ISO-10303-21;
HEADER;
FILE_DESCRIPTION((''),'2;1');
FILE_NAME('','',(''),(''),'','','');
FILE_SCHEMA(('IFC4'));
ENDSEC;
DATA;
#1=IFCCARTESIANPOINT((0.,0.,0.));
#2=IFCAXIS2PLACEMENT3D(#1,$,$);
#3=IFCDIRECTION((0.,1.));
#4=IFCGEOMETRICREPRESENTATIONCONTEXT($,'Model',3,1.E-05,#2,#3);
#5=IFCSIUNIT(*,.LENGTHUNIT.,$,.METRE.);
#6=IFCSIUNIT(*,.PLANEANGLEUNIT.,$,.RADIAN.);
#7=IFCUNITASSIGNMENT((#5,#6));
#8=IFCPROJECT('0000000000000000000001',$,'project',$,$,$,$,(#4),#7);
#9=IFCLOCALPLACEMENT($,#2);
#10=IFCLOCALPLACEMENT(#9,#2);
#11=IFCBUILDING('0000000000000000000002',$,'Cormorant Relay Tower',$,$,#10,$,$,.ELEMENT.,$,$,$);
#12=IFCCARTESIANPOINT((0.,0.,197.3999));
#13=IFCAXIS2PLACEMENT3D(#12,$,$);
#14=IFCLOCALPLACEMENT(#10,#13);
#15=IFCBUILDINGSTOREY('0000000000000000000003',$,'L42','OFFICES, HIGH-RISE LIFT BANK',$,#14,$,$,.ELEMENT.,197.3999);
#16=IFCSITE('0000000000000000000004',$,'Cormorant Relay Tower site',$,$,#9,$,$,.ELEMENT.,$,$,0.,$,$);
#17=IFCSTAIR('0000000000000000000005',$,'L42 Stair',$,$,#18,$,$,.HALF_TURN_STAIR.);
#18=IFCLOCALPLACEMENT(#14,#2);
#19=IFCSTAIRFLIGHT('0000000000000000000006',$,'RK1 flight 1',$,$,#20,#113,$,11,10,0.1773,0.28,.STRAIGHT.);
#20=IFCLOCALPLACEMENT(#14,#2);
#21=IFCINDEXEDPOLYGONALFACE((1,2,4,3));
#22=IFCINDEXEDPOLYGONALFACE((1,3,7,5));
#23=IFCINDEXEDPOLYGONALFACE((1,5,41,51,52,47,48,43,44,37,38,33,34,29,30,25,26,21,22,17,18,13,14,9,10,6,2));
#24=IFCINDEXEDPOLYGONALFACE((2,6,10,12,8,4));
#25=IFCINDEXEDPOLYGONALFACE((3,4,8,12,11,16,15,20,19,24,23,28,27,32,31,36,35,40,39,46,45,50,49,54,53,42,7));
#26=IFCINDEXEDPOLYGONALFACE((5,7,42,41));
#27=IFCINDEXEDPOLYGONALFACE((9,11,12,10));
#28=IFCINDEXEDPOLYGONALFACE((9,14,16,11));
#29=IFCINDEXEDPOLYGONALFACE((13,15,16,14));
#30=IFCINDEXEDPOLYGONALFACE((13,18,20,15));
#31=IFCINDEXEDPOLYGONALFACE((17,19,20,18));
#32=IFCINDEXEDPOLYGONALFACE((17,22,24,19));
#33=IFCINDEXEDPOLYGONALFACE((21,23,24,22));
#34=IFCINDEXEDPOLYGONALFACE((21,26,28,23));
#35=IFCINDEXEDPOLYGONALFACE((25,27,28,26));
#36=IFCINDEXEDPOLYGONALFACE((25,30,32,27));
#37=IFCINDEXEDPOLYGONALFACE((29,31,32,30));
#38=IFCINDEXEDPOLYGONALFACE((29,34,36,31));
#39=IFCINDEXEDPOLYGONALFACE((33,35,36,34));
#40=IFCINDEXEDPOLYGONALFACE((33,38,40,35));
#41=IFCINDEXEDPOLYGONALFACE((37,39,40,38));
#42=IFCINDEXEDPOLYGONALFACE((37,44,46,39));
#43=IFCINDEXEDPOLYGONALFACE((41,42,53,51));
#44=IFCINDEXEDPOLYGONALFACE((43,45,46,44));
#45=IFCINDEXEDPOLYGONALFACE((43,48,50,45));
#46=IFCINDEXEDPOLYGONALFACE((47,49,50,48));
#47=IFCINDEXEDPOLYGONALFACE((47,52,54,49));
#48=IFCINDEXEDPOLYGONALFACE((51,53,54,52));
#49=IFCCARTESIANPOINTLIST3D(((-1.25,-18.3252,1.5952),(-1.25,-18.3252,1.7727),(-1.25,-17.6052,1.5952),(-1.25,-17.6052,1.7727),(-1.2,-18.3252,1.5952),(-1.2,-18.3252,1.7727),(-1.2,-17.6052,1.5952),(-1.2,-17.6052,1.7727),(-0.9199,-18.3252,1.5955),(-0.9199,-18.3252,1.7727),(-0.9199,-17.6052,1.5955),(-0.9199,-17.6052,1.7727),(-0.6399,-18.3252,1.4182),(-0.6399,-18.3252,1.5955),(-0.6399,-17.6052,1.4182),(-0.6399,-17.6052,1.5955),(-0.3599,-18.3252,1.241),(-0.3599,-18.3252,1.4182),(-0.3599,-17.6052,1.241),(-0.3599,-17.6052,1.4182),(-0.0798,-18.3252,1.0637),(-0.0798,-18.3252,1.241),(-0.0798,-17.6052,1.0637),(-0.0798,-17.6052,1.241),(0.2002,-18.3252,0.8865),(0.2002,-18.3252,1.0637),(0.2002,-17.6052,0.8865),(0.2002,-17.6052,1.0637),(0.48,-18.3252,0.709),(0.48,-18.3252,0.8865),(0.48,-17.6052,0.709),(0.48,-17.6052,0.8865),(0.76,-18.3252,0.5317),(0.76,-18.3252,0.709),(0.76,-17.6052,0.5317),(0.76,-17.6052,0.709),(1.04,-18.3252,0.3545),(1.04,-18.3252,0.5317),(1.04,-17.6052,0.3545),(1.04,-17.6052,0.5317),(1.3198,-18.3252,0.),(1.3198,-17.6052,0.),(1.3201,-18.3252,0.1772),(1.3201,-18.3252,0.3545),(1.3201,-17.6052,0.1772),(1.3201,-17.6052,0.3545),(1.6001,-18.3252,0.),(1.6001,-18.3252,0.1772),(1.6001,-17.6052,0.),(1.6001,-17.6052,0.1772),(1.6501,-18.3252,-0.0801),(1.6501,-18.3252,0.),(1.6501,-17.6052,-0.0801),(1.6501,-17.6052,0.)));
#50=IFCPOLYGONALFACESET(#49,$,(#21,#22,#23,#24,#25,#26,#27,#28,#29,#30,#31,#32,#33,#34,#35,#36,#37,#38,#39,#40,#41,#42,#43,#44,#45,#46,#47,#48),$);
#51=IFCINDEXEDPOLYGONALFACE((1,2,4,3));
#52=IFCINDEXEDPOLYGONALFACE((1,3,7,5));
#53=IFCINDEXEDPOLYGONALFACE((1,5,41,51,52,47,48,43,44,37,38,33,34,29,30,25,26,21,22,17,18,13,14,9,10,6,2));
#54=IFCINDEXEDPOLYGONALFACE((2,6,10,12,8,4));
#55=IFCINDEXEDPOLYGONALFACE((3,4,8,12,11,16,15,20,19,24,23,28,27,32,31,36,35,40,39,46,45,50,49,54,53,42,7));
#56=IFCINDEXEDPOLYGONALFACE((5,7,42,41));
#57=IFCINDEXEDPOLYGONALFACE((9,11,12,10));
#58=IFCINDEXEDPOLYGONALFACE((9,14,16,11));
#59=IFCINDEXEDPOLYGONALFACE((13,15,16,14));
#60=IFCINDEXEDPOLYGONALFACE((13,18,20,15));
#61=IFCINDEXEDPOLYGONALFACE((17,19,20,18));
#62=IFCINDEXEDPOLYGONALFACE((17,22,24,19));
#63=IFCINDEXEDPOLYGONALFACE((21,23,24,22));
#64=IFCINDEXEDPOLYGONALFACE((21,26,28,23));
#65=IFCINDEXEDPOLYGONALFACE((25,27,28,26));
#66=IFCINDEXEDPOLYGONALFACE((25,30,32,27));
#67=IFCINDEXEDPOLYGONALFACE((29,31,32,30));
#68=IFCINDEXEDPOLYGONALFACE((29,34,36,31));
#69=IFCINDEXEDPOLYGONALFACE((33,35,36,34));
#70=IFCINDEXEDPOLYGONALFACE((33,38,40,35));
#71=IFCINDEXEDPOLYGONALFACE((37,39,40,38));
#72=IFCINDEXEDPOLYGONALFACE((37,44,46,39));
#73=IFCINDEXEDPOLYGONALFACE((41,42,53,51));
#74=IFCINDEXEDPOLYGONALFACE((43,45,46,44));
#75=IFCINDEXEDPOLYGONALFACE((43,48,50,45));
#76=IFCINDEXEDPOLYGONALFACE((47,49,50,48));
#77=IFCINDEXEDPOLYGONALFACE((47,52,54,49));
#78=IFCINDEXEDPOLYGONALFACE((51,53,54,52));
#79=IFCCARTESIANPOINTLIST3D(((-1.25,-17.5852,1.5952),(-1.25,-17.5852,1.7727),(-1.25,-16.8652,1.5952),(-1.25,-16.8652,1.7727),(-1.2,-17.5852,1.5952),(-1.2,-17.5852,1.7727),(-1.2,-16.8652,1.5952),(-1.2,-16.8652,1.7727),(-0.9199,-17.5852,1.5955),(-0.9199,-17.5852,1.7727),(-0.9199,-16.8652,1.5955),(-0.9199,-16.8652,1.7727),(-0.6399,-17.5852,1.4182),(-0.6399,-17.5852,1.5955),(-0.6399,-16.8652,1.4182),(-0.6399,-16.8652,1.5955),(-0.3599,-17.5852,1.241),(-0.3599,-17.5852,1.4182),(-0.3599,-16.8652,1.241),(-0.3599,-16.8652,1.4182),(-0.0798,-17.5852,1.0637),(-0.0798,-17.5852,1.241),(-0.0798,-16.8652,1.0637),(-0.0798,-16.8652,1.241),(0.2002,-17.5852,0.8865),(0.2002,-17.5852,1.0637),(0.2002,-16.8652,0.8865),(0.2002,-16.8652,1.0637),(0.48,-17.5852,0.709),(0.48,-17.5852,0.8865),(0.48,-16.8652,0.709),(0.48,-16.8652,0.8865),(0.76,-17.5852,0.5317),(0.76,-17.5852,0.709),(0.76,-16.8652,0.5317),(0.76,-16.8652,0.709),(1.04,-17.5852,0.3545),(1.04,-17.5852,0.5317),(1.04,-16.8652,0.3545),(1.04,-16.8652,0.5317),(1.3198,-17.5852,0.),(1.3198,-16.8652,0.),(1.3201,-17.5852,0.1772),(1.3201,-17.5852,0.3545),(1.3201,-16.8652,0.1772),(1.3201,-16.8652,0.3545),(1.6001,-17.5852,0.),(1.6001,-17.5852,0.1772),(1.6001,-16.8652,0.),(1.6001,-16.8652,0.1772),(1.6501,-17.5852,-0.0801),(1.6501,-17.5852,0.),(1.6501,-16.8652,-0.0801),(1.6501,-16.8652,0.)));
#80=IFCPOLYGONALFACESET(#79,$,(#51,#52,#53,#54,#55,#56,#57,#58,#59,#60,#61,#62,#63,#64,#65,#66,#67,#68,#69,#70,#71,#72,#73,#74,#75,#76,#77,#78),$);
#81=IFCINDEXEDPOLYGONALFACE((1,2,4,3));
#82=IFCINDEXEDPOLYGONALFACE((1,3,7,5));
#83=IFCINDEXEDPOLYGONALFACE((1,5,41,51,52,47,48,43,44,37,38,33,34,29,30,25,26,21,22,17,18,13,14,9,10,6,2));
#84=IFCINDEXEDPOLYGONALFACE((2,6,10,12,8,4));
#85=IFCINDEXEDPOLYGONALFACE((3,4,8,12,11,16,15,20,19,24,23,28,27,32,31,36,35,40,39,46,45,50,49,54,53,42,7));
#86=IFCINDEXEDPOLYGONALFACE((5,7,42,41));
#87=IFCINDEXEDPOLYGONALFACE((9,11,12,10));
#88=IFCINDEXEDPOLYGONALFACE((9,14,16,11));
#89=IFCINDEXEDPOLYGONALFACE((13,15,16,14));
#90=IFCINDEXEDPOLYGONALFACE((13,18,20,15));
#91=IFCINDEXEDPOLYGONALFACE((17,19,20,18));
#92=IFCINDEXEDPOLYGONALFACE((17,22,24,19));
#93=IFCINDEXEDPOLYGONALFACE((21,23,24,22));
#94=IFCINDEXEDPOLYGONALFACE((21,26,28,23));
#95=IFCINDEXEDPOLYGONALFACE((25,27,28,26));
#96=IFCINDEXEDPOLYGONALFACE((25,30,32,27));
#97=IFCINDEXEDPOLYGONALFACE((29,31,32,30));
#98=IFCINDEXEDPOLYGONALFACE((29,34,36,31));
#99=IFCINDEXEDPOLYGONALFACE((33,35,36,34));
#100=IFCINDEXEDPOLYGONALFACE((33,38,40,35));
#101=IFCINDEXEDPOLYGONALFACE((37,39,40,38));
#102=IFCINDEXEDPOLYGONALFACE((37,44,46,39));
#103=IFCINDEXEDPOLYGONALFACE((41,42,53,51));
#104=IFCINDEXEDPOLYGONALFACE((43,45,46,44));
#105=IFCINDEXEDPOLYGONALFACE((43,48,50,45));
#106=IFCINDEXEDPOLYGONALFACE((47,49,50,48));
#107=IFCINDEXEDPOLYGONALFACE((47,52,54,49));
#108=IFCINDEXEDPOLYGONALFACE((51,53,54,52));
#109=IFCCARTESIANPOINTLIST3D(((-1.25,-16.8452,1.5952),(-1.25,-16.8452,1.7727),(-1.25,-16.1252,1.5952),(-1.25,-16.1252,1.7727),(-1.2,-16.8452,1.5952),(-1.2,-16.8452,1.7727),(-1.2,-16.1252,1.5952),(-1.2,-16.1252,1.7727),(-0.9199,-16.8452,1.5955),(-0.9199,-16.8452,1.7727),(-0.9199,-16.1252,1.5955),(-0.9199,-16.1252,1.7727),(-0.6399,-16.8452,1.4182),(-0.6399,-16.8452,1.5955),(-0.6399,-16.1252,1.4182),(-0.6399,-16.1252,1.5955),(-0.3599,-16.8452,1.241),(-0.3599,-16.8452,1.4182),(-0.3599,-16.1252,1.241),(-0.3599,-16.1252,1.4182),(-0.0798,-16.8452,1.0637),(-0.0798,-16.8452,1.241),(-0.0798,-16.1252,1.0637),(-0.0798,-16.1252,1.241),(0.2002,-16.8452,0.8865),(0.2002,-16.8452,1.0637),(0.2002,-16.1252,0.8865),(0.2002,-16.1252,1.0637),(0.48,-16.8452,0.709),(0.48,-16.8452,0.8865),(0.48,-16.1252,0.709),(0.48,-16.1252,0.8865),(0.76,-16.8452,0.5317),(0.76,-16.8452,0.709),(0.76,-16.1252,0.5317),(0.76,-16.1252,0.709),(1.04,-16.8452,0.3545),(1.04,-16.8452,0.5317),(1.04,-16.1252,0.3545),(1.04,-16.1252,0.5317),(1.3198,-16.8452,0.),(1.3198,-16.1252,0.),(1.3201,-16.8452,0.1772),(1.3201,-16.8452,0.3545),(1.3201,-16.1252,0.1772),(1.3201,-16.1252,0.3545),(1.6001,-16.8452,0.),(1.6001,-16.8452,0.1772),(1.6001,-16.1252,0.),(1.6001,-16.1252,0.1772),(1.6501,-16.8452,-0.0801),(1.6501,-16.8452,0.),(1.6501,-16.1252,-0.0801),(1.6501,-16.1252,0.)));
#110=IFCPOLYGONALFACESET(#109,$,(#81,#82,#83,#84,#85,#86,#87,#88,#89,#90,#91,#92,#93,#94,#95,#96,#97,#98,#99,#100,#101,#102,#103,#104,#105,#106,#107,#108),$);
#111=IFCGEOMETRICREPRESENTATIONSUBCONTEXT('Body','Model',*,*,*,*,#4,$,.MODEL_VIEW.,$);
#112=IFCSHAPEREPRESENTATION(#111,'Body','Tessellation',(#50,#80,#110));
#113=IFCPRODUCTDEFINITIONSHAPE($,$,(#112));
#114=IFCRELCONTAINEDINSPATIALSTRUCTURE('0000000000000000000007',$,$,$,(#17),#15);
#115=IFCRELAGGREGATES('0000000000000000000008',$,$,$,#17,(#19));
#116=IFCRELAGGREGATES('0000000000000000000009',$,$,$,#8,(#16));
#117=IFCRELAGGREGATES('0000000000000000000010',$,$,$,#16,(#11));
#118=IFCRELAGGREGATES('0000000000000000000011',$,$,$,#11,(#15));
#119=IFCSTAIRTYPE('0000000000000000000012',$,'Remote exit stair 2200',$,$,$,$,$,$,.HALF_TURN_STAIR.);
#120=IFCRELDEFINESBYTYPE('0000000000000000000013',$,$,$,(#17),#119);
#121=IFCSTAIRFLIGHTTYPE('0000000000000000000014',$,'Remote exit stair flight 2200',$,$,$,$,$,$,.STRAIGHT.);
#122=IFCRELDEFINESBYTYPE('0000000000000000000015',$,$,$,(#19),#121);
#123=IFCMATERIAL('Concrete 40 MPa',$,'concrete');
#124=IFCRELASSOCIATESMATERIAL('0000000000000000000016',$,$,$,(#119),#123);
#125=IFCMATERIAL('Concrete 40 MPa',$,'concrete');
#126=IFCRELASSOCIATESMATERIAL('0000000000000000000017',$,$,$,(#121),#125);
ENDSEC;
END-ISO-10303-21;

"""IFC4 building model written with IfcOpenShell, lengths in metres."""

from ifc_helpers import new_model, si_unit, direction, frame, origin, place, context, subcontext, project, spatial, polyline, outline, extrude, material, type_object, element, aggregate, save


model = new_model("IFC4")

# Units and contexts
model_context = context("Model", 3, precision=1e-05, world=origin(), true_north=direction((0.0, 1.0)))
body_context = subcontext(model_context, "Body", "Model", "MODEL_VIEW")
ifc_project = project(units=[si_unit("LENGTHUNIT", "METRE"), si_unit("PLANEANGLEUNIT", "RADIAN")], contexts=[model_context])

# Site, building, storey
site_placement = place(None, origin())
site = spatial("IfcSite", under=ifc_project, at=site_placement, Name="Cormorant Relay Tower site", CompositionType="ELEMENT", RefElevation=0.0)
building_placement = place(site_placement, origin())
building = spatial("IfcBuilding", under=site, at=building_placement, Name="Cormorant Relay Tower", CompositionType="ELEMENT")
storey_placement = place(building_placement, frame((0.0, 0.0, 197.3999)))
storey = spatial("IfcBuildingStorey", under=building, at=storey_placement, Name="L42", Description="OFFICES, HIGH-RISE LIFT BANK", CompositionType="ELEMENT", Elevation=197.3999)

# Stair, stair flight
ifc_material_1 = material(Name="Concrete 40 MPa", Category="concrete")
stair_type = type_object("IfcStairType", Name="Remote exit stair 2200", PredefinedType="HALF_TURN_STAIR", material=ifc_material_1)
stair_placement = place(storey_placement, origin())
stair = element("IfcStair", 1, at=stair_placement, inside=storey, type_object=stair_type, Name="L42 Stair", PredefinedType="HALF_TURN_STAIR")
ifc_material_2 = material(Name="Concrete 40 MPa", Category="concrete")
stair_flight_type = type_object("IfcStairFlightType", Name="Remote exit stair flight 2200", PredefinedType="STRAIGHT", material=ifc_material_2)
stair_flight_1_placement = place(storey_placement, frame((1.6001, -17.2251, 0.0), z_axis=(0.0, 0.0, 1.0), x_axis=(-1.0, 0.0, 0.0)))
stair_flight_1 = element("IfcStairFlight", 2, at=stair_flight_1_placement, type_object=stair_flight_type, Name="RK1 flight 1", NumberOfRisers=11, NumberOfTreads=10, PredefinedType="STRAIGHT", RiserHeight=0.1773, TreadLength=0.28, context=body_context, shape_type="SweptSolid", body=[
    extrude(outline(polyline([(-0.05, -0.0801), (-0.05, 0.0), (0.0, 0.0), (0.0, 0.1772), (0.28, 0.1772), (0.28, 0.3545), (0.5601, 0.3545), (0.5601, 0.5317), (0.8401, 0.5317), (0.8401, 0.709), (1.1201, 0.709), (1.1201, 0.8865), (1.3999, 0.8865), (1.3999, 1.0637), (1.6799, 1.0637), (1.6799, 1.241), (1.96, 1.241), (1.96, 1.4182), (2.24, 1.4182), (2.24, 1.5955), (2.52, 1.5955), (2.52, 1.7727), (2.8, 1.7727), (2.8501, 1.7727), (2.8501, 1.5952), (2.8, 1.5952), (0.2803, 0.0), (-0.05, -0.0801)])), frame((0.0, 1.1001, 0.0), z_axis=(0.0, -1.0, 0.0), x_axis=(1.0, 0.0, 0.0)), (0.0, 0.0, 1.0), 0.72),
    extrude(outline(polyline([(-0.05, -0.0801), (-0.05, 0.0), (0.0, 0.0), (0.0, 0.1772), (0.28, 0.1772), (0.28, 0.3545), (0.5601, 0.3545), (0.5601, 0.5317), (0.8401, 0.5317), (0.8401, 0.709), (1.1201, 0.709), (1.1201, 0.8865), (1.3999, 0.8865), (1.3999, 1.0637), (1.6799, 1.0637), (1.6799, 1.241), (1.96, 1.241), (1.96, 1.4182), (2.24, 1.4182), (2.24, 1.5955), (2.52, 1.5955), (2.52, 1.7727), (2.8, 1.7727), (2.8501, 1.7727), (2.8501, 1.5952), (2.8, 1.5952), (0.2803, 0.0), (-0.05, -0.0801)])), frame((0.0, 0.3601, 0.0), z_axis=(0.0, -1.0, 0.0), x_axis=(1.0, 0.0, 0.0)), (0.0, 0.0, 1.0), 0.72),
    extrude(outline(polyline([(-0.05, -0.0801), (-0.05, 0.0), (0.0, 0.0), (0.0, 0.1772), (0.28, 0.1772), (0.28, 0.3545), (0.5601, 0.3545), (0.5601, 0.5317), (0.8401, 0.5317), (0.8401, 0.709), (1.1201, 0.709), (1.1201, 0.8865), (1.3999, 0.8865), (1.3999, 1.0637), (1.6799, 1.0637), (1.6799, 1.241), (1.96, 1.241), (1.96, 1.4182), (2.24, 1.4182), (2.24, 1.5955), (2.52, 1.5955), (2.52, 1.7727), (2.8, 1.7727), (2.8501, 1.7727), (2.8501, 1.5952), (2.8, 1.5952), (0.2803, 0.0), (-0.05, -0.0801)])), frame((0.0, -0.3799, 0.0), z_axis=(0.0, -1.0, 0.0), x_axis=(1.0, 0.0, 0.0)), (0.0, 0.0, 1.0), 0.72),
])
aggregate(stair, [stair_flight_1])

save(model, "model.ifc")
